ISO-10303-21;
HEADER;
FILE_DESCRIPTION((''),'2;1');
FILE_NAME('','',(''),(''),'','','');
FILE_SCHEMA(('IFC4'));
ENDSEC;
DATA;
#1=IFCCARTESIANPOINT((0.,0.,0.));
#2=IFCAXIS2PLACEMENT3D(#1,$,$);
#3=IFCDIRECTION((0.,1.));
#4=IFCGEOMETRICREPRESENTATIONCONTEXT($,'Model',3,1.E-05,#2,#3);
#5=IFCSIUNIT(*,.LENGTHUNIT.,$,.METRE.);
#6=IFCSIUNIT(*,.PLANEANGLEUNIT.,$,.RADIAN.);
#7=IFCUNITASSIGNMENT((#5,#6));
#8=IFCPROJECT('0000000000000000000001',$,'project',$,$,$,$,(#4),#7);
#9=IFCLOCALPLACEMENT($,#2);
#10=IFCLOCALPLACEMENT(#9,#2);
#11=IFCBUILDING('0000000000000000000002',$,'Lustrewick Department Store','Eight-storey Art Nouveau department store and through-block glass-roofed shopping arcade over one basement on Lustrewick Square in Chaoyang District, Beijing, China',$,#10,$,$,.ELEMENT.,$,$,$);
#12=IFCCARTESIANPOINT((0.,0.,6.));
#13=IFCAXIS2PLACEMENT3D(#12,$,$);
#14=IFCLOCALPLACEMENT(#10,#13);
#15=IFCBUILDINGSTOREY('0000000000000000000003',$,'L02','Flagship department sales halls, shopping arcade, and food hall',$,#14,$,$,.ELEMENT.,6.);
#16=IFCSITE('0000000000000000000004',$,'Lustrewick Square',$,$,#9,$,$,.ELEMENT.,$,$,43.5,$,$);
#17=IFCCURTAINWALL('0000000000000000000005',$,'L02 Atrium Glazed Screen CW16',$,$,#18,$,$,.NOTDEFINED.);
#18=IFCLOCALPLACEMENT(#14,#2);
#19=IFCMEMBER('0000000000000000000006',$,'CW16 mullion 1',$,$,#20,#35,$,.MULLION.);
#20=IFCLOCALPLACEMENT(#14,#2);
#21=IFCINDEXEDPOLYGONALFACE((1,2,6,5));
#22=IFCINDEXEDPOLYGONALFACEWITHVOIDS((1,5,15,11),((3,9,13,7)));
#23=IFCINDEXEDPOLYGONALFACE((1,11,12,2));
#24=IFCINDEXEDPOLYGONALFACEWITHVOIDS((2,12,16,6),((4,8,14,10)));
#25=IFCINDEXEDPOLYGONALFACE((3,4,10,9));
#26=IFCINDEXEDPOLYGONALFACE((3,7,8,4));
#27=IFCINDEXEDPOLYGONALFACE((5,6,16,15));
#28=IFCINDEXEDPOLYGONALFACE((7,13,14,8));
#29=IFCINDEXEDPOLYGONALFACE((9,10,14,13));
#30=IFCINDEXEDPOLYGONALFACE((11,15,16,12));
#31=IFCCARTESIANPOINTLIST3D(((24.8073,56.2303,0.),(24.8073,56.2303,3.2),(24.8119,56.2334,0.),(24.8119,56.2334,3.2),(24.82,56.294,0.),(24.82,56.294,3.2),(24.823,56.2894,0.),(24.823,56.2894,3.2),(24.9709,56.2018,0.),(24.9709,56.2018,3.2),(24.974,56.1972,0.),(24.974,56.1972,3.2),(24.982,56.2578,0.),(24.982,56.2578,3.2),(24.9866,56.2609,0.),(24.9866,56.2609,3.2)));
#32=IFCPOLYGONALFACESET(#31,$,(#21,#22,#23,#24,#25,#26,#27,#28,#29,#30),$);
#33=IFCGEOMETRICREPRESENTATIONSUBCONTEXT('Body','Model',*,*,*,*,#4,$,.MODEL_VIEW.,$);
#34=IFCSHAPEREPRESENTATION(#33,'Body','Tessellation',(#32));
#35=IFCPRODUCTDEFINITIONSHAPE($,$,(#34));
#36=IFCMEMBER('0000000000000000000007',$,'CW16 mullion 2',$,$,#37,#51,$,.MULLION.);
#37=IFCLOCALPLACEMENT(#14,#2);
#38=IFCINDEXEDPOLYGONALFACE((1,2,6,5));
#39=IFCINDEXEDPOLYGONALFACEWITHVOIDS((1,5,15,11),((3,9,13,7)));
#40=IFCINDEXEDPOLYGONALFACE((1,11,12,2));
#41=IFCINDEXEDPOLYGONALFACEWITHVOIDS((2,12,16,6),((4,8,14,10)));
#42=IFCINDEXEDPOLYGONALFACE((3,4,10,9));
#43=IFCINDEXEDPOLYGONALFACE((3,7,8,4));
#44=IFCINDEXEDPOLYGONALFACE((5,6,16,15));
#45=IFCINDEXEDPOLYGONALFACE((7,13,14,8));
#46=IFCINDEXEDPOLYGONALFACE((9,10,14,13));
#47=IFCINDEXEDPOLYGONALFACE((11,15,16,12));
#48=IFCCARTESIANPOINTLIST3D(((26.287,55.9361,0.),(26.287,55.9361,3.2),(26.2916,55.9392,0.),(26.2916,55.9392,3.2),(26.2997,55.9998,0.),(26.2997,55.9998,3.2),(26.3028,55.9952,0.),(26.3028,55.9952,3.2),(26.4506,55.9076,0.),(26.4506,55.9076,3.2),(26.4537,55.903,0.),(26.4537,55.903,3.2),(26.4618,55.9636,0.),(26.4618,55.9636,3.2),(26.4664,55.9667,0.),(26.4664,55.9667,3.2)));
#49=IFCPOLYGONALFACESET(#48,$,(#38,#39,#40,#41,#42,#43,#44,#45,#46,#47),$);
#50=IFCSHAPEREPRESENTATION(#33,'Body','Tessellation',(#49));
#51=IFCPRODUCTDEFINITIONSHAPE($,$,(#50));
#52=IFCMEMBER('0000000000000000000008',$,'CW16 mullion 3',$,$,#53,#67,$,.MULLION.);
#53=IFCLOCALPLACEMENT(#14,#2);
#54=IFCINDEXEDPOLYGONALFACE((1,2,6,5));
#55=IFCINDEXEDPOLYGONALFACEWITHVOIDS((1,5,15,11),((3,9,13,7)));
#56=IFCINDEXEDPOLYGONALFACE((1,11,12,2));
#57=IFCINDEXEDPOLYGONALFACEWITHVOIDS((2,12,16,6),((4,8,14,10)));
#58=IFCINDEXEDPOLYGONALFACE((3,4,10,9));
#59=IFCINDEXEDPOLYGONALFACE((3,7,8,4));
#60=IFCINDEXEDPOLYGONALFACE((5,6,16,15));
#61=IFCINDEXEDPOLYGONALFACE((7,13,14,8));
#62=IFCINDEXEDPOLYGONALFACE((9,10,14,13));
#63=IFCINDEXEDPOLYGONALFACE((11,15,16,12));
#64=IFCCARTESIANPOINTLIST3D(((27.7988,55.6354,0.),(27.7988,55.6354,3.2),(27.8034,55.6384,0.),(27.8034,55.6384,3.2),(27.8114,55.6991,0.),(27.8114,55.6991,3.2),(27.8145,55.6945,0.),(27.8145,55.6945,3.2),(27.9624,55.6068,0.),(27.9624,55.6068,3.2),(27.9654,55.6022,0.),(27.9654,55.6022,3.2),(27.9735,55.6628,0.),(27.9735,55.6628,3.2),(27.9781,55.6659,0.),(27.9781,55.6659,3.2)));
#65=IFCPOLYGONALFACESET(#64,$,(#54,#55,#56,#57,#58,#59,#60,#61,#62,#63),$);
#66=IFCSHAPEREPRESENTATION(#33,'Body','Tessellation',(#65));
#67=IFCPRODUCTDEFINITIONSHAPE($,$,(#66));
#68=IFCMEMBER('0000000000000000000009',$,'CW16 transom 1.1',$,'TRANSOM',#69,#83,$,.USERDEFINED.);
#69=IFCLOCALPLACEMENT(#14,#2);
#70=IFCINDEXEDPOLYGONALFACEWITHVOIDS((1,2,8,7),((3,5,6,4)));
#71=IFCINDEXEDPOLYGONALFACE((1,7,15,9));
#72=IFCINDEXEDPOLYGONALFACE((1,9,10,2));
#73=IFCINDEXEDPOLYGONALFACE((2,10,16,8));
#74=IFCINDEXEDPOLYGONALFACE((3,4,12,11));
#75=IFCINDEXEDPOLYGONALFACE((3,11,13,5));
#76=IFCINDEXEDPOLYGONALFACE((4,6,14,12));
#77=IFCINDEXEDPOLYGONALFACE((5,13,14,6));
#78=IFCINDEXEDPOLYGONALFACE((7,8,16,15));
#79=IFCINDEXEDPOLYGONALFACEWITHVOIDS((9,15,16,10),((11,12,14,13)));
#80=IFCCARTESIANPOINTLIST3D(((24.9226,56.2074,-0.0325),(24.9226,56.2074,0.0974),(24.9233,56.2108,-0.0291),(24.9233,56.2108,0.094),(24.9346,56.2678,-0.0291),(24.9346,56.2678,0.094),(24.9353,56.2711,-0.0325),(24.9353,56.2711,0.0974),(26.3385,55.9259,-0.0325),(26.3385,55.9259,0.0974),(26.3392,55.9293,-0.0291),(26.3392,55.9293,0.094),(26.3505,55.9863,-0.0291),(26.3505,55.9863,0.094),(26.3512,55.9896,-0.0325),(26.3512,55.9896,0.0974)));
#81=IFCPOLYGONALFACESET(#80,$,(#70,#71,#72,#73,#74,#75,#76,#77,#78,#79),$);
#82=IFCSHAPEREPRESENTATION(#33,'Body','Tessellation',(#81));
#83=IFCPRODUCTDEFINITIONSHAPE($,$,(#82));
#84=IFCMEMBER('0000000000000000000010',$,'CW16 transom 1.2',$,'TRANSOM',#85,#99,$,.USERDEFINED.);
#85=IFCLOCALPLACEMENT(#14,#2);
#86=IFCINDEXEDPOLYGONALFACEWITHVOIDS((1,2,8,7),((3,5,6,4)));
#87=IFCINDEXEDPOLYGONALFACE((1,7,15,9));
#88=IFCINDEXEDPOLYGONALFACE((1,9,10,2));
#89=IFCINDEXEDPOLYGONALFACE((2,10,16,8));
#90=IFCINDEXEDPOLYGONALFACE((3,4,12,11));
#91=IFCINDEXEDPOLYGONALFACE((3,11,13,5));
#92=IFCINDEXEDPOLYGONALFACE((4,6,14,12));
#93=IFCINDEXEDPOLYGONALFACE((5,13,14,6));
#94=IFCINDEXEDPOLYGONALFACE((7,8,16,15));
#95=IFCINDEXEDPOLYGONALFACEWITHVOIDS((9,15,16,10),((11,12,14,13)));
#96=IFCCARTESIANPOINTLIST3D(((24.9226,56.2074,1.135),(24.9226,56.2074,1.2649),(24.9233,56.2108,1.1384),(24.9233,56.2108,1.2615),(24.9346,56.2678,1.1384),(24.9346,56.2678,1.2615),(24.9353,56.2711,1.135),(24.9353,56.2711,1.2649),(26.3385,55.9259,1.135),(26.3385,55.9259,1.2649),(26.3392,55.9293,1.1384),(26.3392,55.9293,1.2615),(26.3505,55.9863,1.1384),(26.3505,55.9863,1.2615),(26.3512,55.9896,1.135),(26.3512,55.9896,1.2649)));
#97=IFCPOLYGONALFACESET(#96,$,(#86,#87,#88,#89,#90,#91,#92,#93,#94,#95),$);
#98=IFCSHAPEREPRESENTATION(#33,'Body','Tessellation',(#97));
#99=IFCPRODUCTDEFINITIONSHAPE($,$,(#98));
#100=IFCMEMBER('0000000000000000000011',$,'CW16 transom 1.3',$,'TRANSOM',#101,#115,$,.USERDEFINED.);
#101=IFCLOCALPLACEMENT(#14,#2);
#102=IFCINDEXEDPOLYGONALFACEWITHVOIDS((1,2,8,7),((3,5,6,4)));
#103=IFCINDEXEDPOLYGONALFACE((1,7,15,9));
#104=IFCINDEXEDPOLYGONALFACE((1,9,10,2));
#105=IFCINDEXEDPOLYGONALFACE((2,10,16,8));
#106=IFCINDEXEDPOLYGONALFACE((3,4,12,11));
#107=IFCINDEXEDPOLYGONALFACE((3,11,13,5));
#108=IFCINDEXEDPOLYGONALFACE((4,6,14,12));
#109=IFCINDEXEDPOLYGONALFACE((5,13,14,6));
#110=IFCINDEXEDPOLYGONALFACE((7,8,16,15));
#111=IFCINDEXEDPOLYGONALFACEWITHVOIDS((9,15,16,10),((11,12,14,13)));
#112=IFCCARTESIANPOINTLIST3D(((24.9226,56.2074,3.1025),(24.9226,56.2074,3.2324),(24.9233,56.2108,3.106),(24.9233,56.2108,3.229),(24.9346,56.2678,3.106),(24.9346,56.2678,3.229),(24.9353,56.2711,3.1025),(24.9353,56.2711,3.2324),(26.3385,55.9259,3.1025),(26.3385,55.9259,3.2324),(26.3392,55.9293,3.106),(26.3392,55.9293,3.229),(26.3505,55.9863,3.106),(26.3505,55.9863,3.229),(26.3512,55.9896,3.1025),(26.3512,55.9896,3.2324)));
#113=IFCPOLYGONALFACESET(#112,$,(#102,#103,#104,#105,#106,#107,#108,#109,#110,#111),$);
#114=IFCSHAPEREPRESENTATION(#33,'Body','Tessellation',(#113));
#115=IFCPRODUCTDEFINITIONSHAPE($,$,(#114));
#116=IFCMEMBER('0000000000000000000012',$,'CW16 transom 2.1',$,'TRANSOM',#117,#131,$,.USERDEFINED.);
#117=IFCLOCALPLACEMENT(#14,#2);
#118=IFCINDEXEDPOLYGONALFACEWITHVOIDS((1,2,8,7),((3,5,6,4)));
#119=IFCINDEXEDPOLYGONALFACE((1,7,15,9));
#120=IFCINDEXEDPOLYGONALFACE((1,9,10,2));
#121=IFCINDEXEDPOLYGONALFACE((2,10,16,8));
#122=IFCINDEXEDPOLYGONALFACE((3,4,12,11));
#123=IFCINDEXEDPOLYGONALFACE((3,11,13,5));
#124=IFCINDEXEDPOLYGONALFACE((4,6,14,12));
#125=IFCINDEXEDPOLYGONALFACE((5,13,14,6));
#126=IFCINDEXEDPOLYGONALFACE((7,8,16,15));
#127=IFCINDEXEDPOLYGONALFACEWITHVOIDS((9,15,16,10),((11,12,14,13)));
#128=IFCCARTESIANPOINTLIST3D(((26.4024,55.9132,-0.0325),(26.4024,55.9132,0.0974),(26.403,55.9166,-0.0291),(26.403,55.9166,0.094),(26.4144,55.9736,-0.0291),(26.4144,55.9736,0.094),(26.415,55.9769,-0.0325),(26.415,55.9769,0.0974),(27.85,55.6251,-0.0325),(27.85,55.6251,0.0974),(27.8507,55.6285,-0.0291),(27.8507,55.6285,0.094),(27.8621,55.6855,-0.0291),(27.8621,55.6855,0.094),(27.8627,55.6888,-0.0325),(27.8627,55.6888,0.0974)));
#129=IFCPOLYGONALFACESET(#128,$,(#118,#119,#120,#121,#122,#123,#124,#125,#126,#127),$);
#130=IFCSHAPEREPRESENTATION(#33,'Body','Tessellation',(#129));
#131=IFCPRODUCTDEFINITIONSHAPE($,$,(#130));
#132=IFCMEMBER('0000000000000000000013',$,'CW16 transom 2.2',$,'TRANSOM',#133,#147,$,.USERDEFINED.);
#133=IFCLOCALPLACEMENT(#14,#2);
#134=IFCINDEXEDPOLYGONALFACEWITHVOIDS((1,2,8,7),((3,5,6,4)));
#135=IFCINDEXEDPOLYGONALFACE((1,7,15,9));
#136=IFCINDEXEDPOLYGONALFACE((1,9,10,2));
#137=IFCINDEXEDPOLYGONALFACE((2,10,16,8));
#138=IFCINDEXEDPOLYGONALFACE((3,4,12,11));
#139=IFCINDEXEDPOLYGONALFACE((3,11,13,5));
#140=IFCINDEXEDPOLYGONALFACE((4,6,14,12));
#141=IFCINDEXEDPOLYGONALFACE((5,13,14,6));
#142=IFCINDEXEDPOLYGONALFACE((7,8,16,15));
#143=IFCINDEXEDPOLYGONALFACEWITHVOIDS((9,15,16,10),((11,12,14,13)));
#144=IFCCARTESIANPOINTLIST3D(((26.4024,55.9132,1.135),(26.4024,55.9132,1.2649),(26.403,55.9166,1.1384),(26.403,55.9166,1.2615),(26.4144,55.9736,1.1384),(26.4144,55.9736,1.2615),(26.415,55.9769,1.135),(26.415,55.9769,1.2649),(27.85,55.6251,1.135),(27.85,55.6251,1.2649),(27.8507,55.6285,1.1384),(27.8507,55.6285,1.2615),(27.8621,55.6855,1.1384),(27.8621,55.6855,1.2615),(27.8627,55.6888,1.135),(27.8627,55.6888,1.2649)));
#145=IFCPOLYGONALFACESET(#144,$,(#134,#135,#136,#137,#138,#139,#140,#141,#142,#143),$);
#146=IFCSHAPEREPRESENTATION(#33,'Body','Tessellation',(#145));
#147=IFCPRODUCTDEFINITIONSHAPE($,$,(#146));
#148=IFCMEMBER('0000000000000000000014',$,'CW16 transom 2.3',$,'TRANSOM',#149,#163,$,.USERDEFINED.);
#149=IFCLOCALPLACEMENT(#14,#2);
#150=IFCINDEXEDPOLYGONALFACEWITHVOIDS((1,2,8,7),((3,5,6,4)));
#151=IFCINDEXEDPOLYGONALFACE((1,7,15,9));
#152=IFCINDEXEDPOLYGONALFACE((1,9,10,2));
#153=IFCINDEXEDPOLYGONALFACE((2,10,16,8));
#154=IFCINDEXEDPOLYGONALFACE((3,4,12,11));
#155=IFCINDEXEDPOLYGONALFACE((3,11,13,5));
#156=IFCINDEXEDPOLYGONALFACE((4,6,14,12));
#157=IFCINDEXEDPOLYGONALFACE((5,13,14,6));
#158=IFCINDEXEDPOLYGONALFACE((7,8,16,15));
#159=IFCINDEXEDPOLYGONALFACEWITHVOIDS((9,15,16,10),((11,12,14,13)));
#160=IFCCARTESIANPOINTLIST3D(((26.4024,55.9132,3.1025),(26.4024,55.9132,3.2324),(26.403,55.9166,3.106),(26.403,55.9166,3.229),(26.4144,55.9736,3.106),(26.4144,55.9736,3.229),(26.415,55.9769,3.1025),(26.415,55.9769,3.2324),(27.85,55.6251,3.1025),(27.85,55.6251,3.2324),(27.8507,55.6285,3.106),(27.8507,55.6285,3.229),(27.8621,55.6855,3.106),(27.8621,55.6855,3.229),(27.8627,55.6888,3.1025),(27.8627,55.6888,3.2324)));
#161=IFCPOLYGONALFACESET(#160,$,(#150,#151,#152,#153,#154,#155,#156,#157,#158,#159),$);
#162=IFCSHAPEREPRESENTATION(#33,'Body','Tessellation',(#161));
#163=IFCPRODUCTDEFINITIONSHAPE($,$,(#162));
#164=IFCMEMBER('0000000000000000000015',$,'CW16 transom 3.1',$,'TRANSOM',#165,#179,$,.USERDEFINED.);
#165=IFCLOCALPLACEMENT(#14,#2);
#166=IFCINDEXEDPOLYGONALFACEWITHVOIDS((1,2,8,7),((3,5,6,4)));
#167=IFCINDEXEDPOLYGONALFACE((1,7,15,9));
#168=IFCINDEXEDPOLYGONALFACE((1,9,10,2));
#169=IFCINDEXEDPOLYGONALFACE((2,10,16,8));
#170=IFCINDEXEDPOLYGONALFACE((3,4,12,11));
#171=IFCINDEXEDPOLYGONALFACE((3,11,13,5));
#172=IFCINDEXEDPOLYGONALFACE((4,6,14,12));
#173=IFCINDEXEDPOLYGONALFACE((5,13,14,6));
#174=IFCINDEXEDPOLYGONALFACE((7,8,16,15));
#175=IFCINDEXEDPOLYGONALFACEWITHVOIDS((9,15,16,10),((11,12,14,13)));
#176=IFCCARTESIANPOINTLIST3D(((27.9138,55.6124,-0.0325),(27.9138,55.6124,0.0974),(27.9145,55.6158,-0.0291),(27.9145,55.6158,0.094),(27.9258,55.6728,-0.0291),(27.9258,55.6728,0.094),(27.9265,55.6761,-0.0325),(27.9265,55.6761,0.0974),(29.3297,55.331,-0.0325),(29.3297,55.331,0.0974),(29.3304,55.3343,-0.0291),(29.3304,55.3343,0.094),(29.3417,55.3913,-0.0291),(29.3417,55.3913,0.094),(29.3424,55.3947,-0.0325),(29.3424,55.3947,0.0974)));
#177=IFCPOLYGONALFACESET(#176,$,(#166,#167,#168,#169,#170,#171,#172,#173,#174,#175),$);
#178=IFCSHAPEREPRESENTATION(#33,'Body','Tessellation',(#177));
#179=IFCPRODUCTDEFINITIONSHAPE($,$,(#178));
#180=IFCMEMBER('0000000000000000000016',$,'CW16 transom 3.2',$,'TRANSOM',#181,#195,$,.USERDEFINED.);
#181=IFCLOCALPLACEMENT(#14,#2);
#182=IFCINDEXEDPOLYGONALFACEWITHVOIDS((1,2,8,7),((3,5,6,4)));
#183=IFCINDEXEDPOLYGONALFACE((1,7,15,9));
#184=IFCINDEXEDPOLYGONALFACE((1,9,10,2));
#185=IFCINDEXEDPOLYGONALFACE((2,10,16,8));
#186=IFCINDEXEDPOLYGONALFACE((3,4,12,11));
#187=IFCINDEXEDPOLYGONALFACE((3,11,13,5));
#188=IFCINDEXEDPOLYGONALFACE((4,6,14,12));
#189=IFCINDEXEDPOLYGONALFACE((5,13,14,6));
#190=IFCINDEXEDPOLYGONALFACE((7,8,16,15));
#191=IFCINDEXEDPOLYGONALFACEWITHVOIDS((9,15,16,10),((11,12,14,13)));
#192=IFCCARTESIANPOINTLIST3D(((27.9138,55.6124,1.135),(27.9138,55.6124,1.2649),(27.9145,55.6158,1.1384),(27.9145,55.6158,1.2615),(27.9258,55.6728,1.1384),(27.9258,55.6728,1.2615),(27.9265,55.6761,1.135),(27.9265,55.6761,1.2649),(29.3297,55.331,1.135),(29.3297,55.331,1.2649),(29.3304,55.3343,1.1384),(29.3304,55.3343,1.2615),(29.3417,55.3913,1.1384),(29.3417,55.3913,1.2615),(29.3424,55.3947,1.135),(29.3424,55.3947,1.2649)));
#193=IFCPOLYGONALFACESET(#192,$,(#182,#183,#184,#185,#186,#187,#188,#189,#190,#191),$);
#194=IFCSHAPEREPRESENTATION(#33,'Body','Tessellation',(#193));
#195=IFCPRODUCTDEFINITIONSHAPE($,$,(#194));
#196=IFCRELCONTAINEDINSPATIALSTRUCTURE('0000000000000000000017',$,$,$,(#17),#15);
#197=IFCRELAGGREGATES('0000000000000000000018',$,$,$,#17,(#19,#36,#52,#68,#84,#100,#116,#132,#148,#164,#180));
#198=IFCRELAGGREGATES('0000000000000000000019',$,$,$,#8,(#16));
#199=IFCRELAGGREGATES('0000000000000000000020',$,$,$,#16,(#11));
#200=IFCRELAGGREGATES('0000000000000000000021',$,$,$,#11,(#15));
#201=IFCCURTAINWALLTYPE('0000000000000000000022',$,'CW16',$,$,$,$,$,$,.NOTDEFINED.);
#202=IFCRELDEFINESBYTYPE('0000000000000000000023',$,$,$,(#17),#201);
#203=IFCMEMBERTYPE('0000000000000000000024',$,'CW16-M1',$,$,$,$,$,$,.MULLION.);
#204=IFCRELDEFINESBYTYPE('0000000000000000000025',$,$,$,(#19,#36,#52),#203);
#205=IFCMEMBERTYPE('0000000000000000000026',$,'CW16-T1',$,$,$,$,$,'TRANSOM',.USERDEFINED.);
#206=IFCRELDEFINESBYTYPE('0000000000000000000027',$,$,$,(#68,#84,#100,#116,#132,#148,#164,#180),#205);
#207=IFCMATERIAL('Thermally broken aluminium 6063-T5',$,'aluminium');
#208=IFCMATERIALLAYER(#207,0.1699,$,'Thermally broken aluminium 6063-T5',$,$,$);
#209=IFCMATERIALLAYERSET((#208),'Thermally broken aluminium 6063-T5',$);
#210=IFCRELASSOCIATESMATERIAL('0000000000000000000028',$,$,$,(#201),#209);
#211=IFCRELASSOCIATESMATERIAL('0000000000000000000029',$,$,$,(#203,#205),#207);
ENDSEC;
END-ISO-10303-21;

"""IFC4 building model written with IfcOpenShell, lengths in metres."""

from ifc_helpers import new_model, si_unit, direction, frame, origin, origin_2d, place, context, subcontext, project, spatial, hollow_rectangle, extrude, material, layer, layer_set, material_profile, profile_set, type_object, element, aggregate, save


model = new_model("IFC4")

# Units and contexts
model_context = context("Model", 3, precision=1e-05, world=origin(), true_north=direction((0.0, 1.0)))
body_context = subcontext(model_context, "Body", "Model", "MODEL_VIEW")
ifc_project = project(units=[si_unit("LENGTHUNIT", "METRE"), si_unit("PLANEANGLEUNIT", "RADIAN")], contexts=[model_context])

# Site, building, storey
site_placement = place(None, origin())
site = spatial("IfcSite", under=ifc_project, at=site_placement, Name="Lustrewick Square", CompositionType="ELEMENT", RefElevation=43.5)
building_placement = place(site_placement, origin())
building = spatial("IfcBuilding", under=site, at=building_placement, Name="Lustrewick Department Store", Description="Eight-storey Art Nouveau department store and through-block glass-roofed shopping arcade over one basement on Lustrewick Square in Chaoyang District, Beijing, China", CompositionType="ELEMENT")
storey_placement = place(building_placement, frame((0.0, 0.0, 6.0)))
storey = spatial("IfcBuildingStorey", under=building, at=storey_placement, Name="L02", Description="Flagship department sales halls, shopping arcade, and food hall", CompositionType="ELEMENT", Elevation=6.0)

# Curtain wall, members
ifc_material_1 = material(Name="Thermally broken aluminium 6063-T5", Category="aluminium")
ifc_layer_1 = layer(ifc_material_1, 0.1699, Name="Thermally broken aluminium 6063-T5")
ifc_layer_set_1 = layer_set([ifc_layer_1], Name="Thermally broken aluminium 6063-T5")
curtain_wall_type_1 = type_object("IfcCurtainWallType", Name="CW16", PredefinedType="NOTDEFINED", material=ifc_layer_set_1)
curtain_wall_1_placement = place(storey_placement, origin())
curtain_wall_1 = element("IfcCurtainWall", 1, at=curtain_wall_1_placement, inside=storey, type_object=curtain_wall_type_1, Name="L02 Atrium Glazed Screen CW16", PredefinedType="NOTDEFINED")
ifc_material_profile_1 = material_profile(ifc_material_1, hollow_rectangle(XDim=0.0649, YDim=0.1699, WallThickness=0.0039, at=origin_2d()), Name="ALU-M 65x170x4")
ifc_profile_set_1 = profile_set([ifc_material_profile_1], Name="Thermally broken aluminium 6063-T5")
member_type_1 = type_object("IfcMemberType", Name="CW16-M1", PredefinedType="MULLION", material=ifc_profile_set_1)
member_1_placement = place(storey_placement, frame((24.897, 56.2456, 0.0), z_axis=(0.0, 0.0, 1.0), x_axis=(0.195085, 0.980786, 0.0)))
member_1 = element("IfcMember", 2, at=member_1_placement, type_object=member_type_1, Name="CW16 mullion 1", PredefinedType="MULLION", context=body_context, shape_type="SweptSolid", body=[
    extrude(hollow_rectangle(XDim=0.0649, YDim=0.1699, WallThickness=0.0039, at=origin_2d()), origin(), (0.0, 0.0, 1.0), 3.2),
])
member_2_placement = place(storey_placement, frame((26.3767, 55.9514, 0.0), z_axis=(0.0, 0.0, 1.0), x_axis=(0.195085, 0.980786, 0.0)))
member_2 = element("IfcMember", 3, at=member_2_placement, type_object=member_type_1, Name="CW16 mullion 2", PredefinedType="MULLION", context=body_context, shape_type="SweptSolid", body=[
    extrude(hollow_rectangle(XDim=0.0649, YDim=0.1699, WallThickness=0.0039, at=origin_2d()), origin(), (0.0, 0.0, 1.0), 3.2),
])
member_3_placement = place(storey_placement, frame((27.8884, 55.6506, 0.0), z_axis=(0.0, 0.0, 1.0), x_axis=(0.195085, 0.980786, 0.0)))
member_3 = element("IfcMember", 4, at=member_3_placement, type_object=member_type_1, Name="CW16 mullion 3", PredefinedType="MULLION", context=body_context, shape_type="SweptSolid", body=[
    extrude(hollow_rectangle(XDim=0.0649, YDim=0.1699, WallThickness=0.0039, at=origin_2d()), origin(), (0.0, 0.0, 1.0), 3.2),
])
ifc_material_profile_2 = material_profile(ifc_material_1, hollow_rectangle(XDim=0.0649, YDim=0.1299, WallThickness=0.0034, at=origin_2d()), Name="ALU-T 65x130x3.5")
ifc_profile_set_2 = profile_set([ifc_material_profile_2], Name="Thermally broken aluminium 6063-T5")
member_type_2 = type_object("IfcMemberType", Name="CW16-T1", ElementType="TRANSOM", PredefinedType="USERDEFINED", material=ifc_profile_set_2)
member_4_placement = place(storey_placement, frame((24.929, 56.2393, 0.0325), z_axis=(0.980808, -0.194978, 0.0), x_axis=(0.194978, 0.980808, 0.0)))
member_4 = element("IfcMember", 5, at=member_4_placement, type_object=member_type_2, Name="CW16 transom 1.1", ObjectType="TRANSOM", PredefinedType="USERDEFINED", context=body_context, shape_type="SweptSolid", body=[
    extrude(hollow_rectangle(XDim=0.0649, YDim=0.1299, WallThickness=0.0034, at=origin_2d()), origin(), (0.0, 0.0, 1.0), 1.4436),
])
member_5_placement = place(storey_placement, frame((24.929, 56.2393, 1.2), z_axis=(0.980808, -0.194978, 0.0), x_axis=(0.194978, 0.980808, 0.0)))
member_5 = element("IfcMember", 6, at=member_5_placement, type_object=member_type_2, Name="CW16 transom 1.2", ObjectType="TRANSOM", PredefinedType="USERDEFINED", context=body_context, shape_type="SweptSolid", body=[
    extrude(hollow_rectangle(XDim=0.0649, YDim=0.1299, WallThickness=0.0034, at=origin_2d()), origin(), (0.0, 0.0, 1.0), 1.4436),
])
member_6_placement = place(storey_placement, frame((24.929, 56.2393, 3.1675), z_axis=(0.980808, -0.194978, 0.0), x_axis=(0.194978, 0.980808, 0.0)))
member_6 = element("IfcMember", 7, at=member_6_placement, type_object=member_type_2, Name="CW16 transom 1.3", ObjectType="TRANSOM", PredefinedType="USERDEFINED", context=body_context, shape_type="SweptSolid", body=[
    extrude(hollow_rectangle(XDim=0.0649, YDim=0.1299, WallThickness=0.0034, at=origin_2d()), origin(), (0.0, 0.0, 1.0), 1.4436),
])
member_7_placement = place(storey_placement, frame((26.4087, 55.9451, 0.0325), z_axis=(0.980771, -0.195162, 0.0), x_axis=(0.195162, 0.980771, 0.0)))
member_7 = element("IfcMember", 8, at=member_7_placement, type_object=member_type_2, Name="CW16 transom 2.1", ObjectType="TRANSOM", PredefinedType="USERDEFINED", context=body_context, shape_type="SweptSolid", body=[
    extrude(hollow_rectangle(XDim=0.0649, YDim=0.1299, WallThickness=0.0034, at=origin_2d()), origin(), (0.0, 0.0, 1.0), 1.4761),
])
member_8_placement = place(storey_placement, frame((26.4087, 55.9451, 1.2), z_axis=(0.980771, -0.195162, 0.0), x_axis=(0.195162, 0.980771, 0.0)))
member_8 = element("IfcMember", 9, at=member_8_placement, type_object=member_type_2, Name="CW16 transom 2.2", ObjectType="TRANSOM", PredefinedType="USERDEFINED", context=body_context, shape_type="SweptSolid", body=[
    extrude(hollow_rectangle(XDim=0.0649, YDim=0.1299, WallThickness=0.0034, at=origin_2d()), origin(), (0.0, 0.0, 1.0), 1.4761),
])
member_9_placement = place(storey_placement, frame((26.4087, 55.9451, 3.1675), z_axis=(0.980771, -0.195162, 0.0), x_axis=(0.195162, 0.980771, 0.0)))
member_9 = element("IfcMember", 10, at=member_9_placement, type_object=member_type_2, Name="CW16 transom 2.3", ObjectType="TRANSOM", PredefinedType="USERDEFINED", context=body_context, shape_type="SweptSolid", body=[
    extrude(hollow_rectangle(XDim=0.0649, YDim=0.1299, WallThickness=0.0034, at=origin_2d()), origin(), (0.0, 0.0, 1.0), 1.4761),
])
member_10_placement = place(storey_placement, frame((27.9202, 55.6443, 0.0325), z_axis=(0.980808, -0.194978, 0.0), x_axis=(0.194978, 0.980808, 0.0)))
member_10 = element("IfcMember", 11, at=member_10_placement, type_object=member_type_2, Name="CW16 transom 3.1", ObjectType="TRANSOM", PredefinedType="USERDEFINED", context=body_context, shape_type="SweptSolid", body=[
    extrude(hollow_rectangle(XDim=0.0649, YDim=0.1299, WallThickness=0.0034, at=origin_2d()), origin(), (0.0, 0.0, 1.0), 1.4436),
])
member_11_placement = place(storey_placement, frame((27.9202, 55.6443, 1.2), z_axis=(0.980808, -0.194978, 0.0), x_axis=(0.194978, 0.980808, 0.0)))
member_11 = element("IfcMember", 12, at=member_11_placement, type_object=member_type_2, Name="CW16 transom 3.2", ObjectType="TRANSOM", PredefinedType="USERDEFINED", context=body_context, shape_type="SweptSolid", body=[
    extrude(hollow_rectangle(XDim=0.0649, YDim=0.1299, WallThickness=0.0034, at=origin_2d()), origin(), (0.0, 0.0, 1.0), 1.4436),
])

aggregate(curtain_wall_1, [member_1, member_2, member_3, member_4, member_5, member_6, member_7, member_8, member_9, member_10, member_11])

save(model, "model.ifc")
